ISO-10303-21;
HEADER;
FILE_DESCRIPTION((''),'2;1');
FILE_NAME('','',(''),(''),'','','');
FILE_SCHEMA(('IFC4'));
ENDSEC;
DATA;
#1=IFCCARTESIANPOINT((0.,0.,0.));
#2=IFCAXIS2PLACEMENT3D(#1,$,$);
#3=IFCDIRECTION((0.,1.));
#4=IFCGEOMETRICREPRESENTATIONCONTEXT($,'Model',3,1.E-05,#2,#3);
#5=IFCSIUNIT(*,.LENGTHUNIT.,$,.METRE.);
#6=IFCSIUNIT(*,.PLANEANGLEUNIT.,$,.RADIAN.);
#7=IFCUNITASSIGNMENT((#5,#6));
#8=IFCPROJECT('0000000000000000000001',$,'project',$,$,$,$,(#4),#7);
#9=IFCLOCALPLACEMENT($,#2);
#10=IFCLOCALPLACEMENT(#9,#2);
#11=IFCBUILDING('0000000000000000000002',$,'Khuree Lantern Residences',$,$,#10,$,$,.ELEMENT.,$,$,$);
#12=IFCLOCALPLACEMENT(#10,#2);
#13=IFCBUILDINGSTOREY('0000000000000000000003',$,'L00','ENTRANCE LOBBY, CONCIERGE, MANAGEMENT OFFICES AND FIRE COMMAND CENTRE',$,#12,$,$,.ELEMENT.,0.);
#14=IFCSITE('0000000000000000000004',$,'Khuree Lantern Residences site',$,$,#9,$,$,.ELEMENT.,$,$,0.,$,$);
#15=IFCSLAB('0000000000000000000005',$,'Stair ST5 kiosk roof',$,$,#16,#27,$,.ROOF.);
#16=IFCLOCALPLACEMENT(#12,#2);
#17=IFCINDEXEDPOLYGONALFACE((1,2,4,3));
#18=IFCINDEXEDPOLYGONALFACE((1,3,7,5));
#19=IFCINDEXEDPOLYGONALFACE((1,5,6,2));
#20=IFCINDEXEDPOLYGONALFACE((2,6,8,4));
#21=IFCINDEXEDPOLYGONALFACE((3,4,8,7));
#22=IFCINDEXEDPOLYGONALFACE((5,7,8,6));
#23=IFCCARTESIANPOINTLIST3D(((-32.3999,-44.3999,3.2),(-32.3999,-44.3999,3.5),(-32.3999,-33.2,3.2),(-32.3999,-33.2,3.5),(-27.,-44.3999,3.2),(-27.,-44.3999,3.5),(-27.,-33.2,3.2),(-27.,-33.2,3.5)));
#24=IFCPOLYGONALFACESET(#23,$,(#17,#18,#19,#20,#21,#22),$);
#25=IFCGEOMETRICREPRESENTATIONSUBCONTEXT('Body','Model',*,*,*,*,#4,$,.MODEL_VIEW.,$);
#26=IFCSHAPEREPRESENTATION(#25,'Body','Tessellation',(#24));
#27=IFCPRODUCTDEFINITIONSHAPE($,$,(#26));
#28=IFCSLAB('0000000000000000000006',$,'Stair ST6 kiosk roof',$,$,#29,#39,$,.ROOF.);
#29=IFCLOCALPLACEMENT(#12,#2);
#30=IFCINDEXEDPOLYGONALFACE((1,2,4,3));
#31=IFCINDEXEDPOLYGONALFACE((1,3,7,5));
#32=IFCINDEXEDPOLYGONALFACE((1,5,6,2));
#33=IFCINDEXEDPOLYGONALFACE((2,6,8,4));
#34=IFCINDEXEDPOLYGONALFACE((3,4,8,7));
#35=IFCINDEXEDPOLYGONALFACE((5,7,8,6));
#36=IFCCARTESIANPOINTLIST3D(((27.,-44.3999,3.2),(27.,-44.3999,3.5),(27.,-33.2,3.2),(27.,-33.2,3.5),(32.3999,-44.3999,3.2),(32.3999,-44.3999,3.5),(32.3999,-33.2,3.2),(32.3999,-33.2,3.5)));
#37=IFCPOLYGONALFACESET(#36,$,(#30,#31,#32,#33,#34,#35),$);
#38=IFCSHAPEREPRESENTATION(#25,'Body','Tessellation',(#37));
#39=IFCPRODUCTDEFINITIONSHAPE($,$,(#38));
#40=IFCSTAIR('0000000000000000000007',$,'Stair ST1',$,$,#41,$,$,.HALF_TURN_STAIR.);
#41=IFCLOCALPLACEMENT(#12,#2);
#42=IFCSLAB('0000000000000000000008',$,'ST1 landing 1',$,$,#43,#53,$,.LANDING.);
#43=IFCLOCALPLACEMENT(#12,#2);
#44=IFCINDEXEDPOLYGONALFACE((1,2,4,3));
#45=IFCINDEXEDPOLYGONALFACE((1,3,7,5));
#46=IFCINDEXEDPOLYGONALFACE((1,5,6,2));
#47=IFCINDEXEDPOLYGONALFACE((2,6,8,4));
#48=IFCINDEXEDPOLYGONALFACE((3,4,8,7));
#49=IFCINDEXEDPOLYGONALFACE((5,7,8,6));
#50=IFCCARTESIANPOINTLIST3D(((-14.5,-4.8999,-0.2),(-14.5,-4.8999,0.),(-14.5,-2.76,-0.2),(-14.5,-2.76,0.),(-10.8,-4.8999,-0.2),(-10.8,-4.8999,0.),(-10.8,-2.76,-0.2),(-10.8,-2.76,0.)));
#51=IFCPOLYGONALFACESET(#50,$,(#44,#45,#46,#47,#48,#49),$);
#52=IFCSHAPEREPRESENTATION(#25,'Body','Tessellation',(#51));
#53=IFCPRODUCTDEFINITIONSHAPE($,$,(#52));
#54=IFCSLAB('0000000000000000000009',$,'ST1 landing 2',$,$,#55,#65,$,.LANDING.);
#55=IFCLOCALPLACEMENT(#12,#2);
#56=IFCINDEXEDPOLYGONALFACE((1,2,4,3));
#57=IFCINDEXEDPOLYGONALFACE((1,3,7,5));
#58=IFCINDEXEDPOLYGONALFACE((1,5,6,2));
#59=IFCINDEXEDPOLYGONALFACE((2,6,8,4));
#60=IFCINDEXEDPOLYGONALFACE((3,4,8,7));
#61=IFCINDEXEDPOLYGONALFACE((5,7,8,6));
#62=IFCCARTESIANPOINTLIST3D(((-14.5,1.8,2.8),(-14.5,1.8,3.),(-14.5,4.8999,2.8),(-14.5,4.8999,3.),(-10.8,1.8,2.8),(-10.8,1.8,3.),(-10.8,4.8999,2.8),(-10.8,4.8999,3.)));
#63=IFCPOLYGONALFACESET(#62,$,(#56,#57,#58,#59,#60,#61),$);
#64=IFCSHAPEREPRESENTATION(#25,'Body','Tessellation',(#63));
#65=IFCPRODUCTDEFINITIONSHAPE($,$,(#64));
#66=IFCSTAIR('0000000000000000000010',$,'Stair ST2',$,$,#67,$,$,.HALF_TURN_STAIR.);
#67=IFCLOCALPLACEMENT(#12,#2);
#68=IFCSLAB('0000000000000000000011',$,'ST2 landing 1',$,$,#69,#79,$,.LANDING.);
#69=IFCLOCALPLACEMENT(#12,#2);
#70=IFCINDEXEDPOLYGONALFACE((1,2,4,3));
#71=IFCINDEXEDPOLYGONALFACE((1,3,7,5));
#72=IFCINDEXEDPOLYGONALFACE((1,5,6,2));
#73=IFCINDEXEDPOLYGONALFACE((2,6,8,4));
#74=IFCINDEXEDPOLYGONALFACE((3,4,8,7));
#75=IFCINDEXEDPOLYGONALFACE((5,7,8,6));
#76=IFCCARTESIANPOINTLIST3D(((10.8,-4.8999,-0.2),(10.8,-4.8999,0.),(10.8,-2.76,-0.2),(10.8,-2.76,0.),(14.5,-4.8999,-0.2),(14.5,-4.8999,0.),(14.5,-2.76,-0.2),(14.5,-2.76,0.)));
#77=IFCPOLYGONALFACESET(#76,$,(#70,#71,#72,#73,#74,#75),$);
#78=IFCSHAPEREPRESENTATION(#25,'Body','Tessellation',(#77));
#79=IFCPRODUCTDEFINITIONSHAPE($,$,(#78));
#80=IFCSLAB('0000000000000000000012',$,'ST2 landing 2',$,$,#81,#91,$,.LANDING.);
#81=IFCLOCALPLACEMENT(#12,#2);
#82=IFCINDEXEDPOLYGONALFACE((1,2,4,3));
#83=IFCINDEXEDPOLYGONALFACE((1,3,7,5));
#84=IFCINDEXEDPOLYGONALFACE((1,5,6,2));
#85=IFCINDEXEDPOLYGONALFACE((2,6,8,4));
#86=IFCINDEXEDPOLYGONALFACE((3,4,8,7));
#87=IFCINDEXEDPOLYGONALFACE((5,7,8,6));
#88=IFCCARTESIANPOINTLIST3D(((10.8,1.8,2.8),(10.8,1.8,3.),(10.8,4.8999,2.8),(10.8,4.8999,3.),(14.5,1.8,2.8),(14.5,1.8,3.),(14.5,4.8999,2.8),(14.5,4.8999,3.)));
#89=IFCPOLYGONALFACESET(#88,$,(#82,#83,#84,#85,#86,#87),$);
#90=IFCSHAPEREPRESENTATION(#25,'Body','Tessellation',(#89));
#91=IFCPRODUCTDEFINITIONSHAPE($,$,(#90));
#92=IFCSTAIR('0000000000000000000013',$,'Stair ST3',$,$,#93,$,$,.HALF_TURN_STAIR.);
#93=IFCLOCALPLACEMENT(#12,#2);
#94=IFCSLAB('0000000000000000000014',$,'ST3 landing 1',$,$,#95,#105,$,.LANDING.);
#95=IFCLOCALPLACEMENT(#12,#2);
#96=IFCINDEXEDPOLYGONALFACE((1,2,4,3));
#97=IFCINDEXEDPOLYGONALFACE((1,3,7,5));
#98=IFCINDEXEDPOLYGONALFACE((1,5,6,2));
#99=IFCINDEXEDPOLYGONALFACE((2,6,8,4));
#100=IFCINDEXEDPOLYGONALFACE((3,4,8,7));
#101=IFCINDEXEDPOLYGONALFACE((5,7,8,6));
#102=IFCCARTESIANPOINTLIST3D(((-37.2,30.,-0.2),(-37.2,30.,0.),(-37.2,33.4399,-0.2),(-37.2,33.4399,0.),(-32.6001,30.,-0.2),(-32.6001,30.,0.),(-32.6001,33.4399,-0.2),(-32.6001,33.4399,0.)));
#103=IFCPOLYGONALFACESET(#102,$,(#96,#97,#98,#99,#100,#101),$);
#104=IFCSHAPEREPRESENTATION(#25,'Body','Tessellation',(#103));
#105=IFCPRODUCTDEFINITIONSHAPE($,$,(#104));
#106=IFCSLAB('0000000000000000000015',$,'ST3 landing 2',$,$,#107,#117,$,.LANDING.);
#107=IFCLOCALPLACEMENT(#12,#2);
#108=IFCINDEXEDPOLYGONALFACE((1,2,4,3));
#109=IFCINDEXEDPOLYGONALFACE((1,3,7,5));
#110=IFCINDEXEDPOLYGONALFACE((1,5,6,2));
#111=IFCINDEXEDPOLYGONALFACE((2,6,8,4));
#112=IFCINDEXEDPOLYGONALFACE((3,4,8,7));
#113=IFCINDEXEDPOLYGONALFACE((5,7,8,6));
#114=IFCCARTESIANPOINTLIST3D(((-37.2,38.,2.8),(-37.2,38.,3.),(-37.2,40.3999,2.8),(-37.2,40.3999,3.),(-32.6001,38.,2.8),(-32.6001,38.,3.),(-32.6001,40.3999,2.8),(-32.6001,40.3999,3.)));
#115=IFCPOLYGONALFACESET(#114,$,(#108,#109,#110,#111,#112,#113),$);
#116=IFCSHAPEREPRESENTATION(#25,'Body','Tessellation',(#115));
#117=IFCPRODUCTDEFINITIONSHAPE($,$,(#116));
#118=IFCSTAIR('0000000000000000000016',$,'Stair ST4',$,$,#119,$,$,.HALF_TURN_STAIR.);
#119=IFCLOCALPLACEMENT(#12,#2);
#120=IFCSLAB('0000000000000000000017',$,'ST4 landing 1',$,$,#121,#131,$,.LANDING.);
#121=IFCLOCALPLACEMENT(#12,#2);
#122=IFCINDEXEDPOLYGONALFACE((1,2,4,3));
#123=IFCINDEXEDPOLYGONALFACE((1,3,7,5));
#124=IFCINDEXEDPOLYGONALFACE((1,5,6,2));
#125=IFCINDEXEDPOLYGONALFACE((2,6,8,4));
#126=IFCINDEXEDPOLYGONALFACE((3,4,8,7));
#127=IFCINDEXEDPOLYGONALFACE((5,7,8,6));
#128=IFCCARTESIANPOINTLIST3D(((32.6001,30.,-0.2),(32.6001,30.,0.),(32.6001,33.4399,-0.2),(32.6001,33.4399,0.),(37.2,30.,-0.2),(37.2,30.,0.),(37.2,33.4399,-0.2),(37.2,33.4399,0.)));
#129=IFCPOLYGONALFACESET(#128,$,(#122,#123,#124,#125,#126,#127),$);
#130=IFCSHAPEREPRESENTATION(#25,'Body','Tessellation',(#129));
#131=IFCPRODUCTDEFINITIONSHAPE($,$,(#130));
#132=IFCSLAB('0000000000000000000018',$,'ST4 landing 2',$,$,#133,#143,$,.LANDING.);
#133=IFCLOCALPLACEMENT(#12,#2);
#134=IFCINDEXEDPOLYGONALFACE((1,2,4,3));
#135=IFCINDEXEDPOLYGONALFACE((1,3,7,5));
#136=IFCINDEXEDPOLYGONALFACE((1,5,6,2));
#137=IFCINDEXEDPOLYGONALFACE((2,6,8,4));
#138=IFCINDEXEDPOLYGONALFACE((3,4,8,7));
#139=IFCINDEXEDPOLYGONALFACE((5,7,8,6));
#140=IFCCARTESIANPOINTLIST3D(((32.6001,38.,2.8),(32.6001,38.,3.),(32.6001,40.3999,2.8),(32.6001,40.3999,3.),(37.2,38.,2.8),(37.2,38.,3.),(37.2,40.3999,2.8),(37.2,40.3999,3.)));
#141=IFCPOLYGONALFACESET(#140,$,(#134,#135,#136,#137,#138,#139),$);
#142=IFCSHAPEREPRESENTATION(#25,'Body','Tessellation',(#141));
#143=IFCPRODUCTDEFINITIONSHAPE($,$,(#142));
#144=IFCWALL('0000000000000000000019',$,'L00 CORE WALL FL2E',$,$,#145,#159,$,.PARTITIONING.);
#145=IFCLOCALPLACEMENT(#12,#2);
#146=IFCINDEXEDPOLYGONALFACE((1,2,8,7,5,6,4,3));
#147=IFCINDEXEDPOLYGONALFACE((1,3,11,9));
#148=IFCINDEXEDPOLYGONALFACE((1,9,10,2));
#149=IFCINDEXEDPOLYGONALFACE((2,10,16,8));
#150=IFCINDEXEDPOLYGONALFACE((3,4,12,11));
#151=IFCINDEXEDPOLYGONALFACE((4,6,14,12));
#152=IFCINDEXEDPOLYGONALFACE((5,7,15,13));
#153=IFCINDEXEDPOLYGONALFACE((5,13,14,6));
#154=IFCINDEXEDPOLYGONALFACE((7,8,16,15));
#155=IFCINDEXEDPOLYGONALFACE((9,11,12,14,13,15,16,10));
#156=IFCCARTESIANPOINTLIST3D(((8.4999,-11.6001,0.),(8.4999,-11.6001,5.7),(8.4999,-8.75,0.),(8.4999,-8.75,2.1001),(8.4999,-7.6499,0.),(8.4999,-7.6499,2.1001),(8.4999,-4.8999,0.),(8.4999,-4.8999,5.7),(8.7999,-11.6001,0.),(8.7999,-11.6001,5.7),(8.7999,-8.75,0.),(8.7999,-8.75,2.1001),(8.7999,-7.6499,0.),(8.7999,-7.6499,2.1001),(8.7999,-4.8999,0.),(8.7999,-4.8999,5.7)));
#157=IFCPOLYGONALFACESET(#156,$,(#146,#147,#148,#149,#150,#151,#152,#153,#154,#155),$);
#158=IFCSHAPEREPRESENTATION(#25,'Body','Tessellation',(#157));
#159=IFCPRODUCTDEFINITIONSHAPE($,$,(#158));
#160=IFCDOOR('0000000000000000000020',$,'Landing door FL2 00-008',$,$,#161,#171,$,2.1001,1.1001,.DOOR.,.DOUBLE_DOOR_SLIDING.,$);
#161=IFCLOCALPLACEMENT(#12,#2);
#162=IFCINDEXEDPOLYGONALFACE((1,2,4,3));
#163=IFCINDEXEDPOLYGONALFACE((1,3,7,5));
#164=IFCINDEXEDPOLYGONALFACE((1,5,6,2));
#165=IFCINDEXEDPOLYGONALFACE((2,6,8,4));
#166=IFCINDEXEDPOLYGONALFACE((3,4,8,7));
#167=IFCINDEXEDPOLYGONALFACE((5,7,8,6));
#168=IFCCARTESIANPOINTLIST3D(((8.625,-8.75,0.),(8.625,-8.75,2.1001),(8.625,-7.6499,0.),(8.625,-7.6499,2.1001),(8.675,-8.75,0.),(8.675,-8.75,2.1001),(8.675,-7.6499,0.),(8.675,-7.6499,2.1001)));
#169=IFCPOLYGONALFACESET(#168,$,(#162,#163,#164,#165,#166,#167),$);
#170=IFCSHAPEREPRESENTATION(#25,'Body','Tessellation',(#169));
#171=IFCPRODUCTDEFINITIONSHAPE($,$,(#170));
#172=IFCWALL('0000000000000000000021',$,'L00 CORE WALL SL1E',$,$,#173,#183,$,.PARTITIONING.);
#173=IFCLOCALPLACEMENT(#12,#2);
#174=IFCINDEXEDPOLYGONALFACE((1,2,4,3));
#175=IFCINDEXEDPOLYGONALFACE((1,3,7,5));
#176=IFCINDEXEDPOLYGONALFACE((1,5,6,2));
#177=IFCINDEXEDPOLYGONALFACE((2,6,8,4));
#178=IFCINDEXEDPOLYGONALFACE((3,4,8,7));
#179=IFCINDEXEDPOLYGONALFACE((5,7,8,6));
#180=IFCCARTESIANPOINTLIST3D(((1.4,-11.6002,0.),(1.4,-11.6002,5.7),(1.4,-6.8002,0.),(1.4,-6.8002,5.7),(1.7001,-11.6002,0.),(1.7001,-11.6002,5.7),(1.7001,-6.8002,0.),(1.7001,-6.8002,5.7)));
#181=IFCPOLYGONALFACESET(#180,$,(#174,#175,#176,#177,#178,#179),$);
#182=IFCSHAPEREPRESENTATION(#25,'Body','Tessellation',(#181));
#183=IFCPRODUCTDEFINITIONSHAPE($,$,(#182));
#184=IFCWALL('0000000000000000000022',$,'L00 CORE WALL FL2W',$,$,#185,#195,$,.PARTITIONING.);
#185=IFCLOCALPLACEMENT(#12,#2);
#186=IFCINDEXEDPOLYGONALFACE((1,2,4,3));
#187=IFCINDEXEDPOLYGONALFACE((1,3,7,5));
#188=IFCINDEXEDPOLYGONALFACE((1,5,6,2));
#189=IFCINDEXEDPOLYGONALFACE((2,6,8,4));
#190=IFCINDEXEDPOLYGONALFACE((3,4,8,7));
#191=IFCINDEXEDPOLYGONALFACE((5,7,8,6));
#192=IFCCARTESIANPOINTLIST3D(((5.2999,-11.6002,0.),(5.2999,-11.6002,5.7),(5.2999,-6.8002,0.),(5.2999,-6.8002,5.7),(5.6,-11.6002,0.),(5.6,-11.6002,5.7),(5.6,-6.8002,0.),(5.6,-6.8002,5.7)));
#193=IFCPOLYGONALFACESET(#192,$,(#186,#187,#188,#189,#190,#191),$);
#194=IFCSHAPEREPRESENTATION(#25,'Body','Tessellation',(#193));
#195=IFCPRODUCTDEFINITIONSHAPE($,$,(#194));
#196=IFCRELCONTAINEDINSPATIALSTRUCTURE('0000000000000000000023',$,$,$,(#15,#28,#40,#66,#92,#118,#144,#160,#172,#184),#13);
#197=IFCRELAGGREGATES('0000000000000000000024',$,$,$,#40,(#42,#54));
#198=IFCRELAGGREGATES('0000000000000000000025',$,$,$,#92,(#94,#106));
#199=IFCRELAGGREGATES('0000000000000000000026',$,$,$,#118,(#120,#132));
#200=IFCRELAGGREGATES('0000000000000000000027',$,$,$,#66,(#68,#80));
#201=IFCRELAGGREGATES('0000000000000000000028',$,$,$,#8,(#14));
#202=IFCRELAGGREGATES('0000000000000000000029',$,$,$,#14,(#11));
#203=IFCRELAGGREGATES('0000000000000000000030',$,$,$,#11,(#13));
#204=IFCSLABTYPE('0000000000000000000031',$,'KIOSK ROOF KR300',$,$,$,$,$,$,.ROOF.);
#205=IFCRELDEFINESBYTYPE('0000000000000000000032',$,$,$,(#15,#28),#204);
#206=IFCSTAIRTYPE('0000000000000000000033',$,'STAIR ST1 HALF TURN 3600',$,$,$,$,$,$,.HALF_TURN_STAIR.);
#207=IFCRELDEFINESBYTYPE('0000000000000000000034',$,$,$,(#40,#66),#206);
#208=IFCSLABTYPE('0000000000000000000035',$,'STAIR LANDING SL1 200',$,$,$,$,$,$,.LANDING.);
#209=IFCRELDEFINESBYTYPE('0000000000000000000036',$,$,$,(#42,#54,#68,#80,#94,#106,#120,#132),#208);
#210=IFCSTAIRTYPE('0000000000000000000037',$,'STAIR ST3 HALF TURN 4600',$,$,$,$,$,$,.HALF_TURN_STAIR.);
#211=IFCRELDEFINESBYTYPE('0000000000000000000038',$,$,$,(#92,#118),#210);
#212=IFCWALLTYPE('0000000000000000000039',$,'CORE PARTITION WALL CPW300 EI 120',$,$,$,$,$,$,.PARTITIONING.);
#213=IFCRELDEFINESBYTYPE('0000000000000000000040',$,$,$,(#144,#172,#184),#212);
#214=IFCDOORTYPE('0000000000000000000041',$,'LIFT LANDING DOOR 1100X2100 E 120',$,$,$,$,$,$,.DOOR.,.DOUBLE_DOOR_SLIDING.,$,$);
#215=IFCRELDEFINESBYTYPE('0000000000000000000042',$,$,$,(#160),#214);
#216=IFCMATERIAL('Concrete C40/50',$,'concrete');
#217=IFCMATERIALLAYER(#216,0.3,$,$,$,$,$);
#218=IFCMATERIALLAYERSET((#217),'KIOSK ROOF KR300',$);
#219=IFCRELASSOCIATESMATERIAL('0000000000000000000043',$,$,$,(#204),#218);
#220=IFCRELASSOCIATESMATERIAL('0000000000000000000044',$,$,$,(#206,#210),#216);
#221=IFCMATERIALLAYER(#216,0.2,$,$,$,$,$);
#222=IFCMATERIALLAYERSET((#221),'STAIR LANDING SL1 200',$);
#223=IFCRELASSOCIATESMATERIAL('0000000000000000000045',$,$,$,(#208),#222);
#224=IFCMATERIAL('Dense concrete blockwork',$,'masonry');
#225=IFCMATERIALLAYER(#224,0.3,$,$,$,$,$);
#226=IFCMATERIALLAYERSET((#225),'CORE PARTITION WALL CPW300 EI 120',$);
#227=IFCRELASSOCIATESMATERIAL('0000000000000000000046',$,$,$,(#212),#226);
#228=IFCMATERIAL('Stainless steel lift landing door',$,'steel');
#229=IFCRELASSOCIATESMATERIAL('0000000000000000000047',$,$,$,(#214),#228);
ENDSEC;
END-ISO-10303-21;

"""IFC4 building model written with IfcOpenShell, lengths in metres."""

from ifc_helpers import new_model, si_unit, direction, frame, frame_2d, origin, place, context, subcontext, project, spatial, polyline, rectangle, outline, extrude, material, layer, layer_set, type_object, element, fill, aggregate, save


model = new_model("IFC4")

# Units and contexts
model_context = context("Model", 3, precision=1e-05, world=origin(), true_north=direction((0.0, 1.0)))
body_context = subcontext(model_context, "Body", "Model", "MODEL_VIEW")
ifc_project = project(units=[si_unit("LENGTHUNIT", "METRE"), si_unit("PLANEANGLEUNIT", "RADIAN")], contexts=[model_context])

# Site, building, storey
site_placement = place(None, origin())
site = spatial("IfcSite", under=ifc_project, at=site_placement, Name="Khuree Lantern Residences site", CompositionType="ELEMENT", RefElevation=0.0)
building_placement = place(site_placement, origin())
building = spatial("IfcBuilding", under=site, at=building_placement, Name="Khuree Lantern Residences", CompositionType="ELEMENT")
storey_placement = place(building_placement, origin())
storey = spatial("IfcBuildingStorey", under=building, at=storey_placement, Name="L00", Description="ENTRANCE LOBBY, CONCIERGE, MANAGEMENT OFFICES AND FIRE COMMAND CENTRE", CompositionType="ELEMENT", Elevation=0.0)

# Slabs
ifc_material_1 = material(Name="Concrete C40/50", Category="concrete")
ifc_layer_1 = layer(ifc_material_1, 0.3)
ifc_layer_set_1 = layer_set([ifc_layer_1], Name="KIOSK ROOF KR300")
slab_type_1 = type_object("IfcSlabType", Name="KIOSK ROOF KR300", PredefinedType="ROOF", material=ifc_layer_set_1)
slab_1_placement = place(storey_placement, frame((0.0, 0.0, 3.2)))
element("IfcSlab", 1, at=slab_1_placement, inside=storey, type_object=slab_type_1, Name="Stair ST5 kiosk roof", PredefinedType="ROOF", context=body_context, shape_type="SweptSolid", body=[
    extrude(outline(polyline([(-32.3999, -44.3999), (-27.0, -44.3999), (-27.0, -33.2), (-32.3999, -33.2), (-32.3999, -44.3999)])), origin(), (0.0, 0.0, 1.0), 0.3),
])
slab_2_placement = place(storey_placement, frame((0.0, 0.0, 3.2)))
element("IfcSlab", 2, at=slab_2_placement, inside=storey, type_object=slab_type_1, Name="Stair ST6 kiosk roof", PredefinedType="ROOF", context=body_context, shape_type="SweptSolid", body=[
    extrude(outline(polyline([(27.0, -44.3999), (32.3999, -44.3999), (32.3999, -33.2), (27.0, -33.2), (27.0, -44.3999)])), origin(), (0.0, 0.0, 1.0), 0.3),
])

# Stairs, slabs
stair_type_1 = type_object("IfcStairType", Name="STAIR ST1 HALF TURN 3600", PredefinedType="HALF_TURN_STAIR", material=ifc_material_1)
stair_1_placement = place(storey_placement, origin())
stair_1 = element("IfcStair", 3, at=stair_1_placement, inside=storey, type_object=stair_type_1, Name="Stair ST1", PredefinedType="HALF_TURN_STAIR")
ifc_layer_2 = layer(ifc_material_1, 0.2)
ifc_layer_set_2 = layer_set([ifc_layer_2], Name="STAIR LANDING SL1 200")
slab_type_2 = type_object("IfcSlabType", Name="STAIR LANDING SL1 200", PredefinedType="LANDING", material=ifc_layer_set_2)
slab_3_placement = place(storey_placement, frame((0.0, 0.0, -0.2)))
slab_3 = element("IfcSlab", 4, at=slab_3_placement, type_object=slab_type_2, Name="ST1 landing 1", PredefinedType="LANDING", context=body_context, shape_type="SweptSolid", body=[
    extrude(outline(polyline([(-14.5, -4.8999), (-10.8, -4.8999), (-10.8, -2.76), (-14.5, -2.76), (-14.5, -4.8999)])), origin(), (0.0, 0.0, 1.0), 0.2),
])
slab_4_placement = place(storey_placement, frame((0.0, 0.0, 2.8)))
slab_4 = element("IfcSlab", 5, at=slab_4_placement, type_object=slab_type_2, Name="ST1 landing 2", PredefinedType="LANDING", context=body_context, shape_type="SweptSolid", body=[
    extrude(outline(polyline([(-14.5, 1.8), (-14.5, 4.8999), (-10.8, 4.8999), (-10.8, 1.8), (-14.5, 1.8)])), origin(), (0.0, 0.0, 1.0), 0.2),
])
aggregate(stair_1, [slab_3, slab_4])
stair_2_placement = place(storey_placement, origin())
stair_2 = element("IfcStair", 6, at=stair_2_placement, inside=storey, type_object=stair_type_1, Name="Stair ST2", PredefinedType="HALF_TURN_STAIR")
slab_5_placement = place(storey_placement, frame((0.0, 0.0, -0.2)))
slab_5 = element("IfcSlab", 7, at=slab_5_placement, type_object=slab_type_2, Name="ST2 landing 1", PredefinedType="LANDING", context=body_context, shape_type="SweptSolid", body=[
    extrude(outline(polyline([(10.8, -4.8999), (14.5, -4.8999), (14.5, -2.76), (10.8, -2.76), (10.8, -4.8999)])), origin(), (0.0, 0.0, 1.0), 0.2),
])
slab_6_placement = place(storey_placement, frame((0.0, 0.0, 2.8)))
slab_6 = element("IfcSlab", 8, at=slab_6_placement, type_object=slab_type_2, Name="ST2 landing 2", PredefinedType="LANDING", context=body_context, shape_type="SweptSolid", body=[
    extrude(outline(polyline([(14.5, 4.8999), (14.5, 1.8), (10.8, 1.8), (10.8, 4.8999), (14.5, 4.8999)])), origin(), (0.0, 0.0, 1.0), 0.2),
])
stair_type_2 = type_object("IfcStairType", Name="STAIR ST3 HALF TURN 4600", PredefinedType="HALF_TURN_STAIR", material=ifc_material_1)
stair_3_placement = place(storey_placement, origin())
stair_3 = element("IfcStair", 9, at=stair_3_placement, inside=storey, type_object=stair_type_2, Name="Stair ST3", PredefinedType="HALF_TURN_STAIR")
slab_7_placement = place(storey_placement, frame((0.0, 0.0, -0.2)))
slab_7 = element("IfcSlab", 10, at=slab_7_placement, type_object=slab_type_2, Name="ST3 landing 1", PredefinedType="LANDING", context=body_context, shape_type="SweptSolid", body=[
    extrude(outline(polyline([(-37.2, 30.0), (-32.6001, 30.0), (-32.6001, 33.4399), (-37.2, 33.4399), (-37.2, 30.0)])), origin(), (0.0, 0.0, 1.0), 0.2),
])
slab_8_placement = place(storey_placement, frame((0.0, 0.0, 2.8)))
slab_8 = element("IfcSlab", 11, at=slab_8_placement, type_object=slab_type_2, Name="ST3 landing 2", PredefinedType="LANDING", context=body_context, shape_type="SweptSolid", body=[
    extrude(outline(polyline([(-37.2, 38.0), (-37.2, 40.3999), (-32.6001, 40.3999), (-32.6001, 38.0), (-37.2, 38.0)])), origin(), (0.0, 0.0, 1.0), 0.2),
])
aggregate(stair_3, [slab_7, slab_8])
stair_4_placement = place(storey_placement, origin())
stair_4 = element("IfcStair", 12, at=stair_4_placement, inside=storey, type_object=stair_type_2, Name="Stair ST4", PredefinedType="HALF_TURN_STAIR")
slab_9_placement = place(storey_placement, frame((0.0, 0.0, -0.2)))
slab_9 = element("IfcSlab", 13, at=slab_9_placement, type_object=slab_type_2, Name="ST4 landing 1", PredefinedType="LANDING", context=body_context, shape_type="SweptSolid", body=[
    extrude(outline(polyline([(32.6001, 30.0), (37.2, 30.0), (37.2, 33.4399), (32.6001, 33.4399), (32.6001, 30.0)])), origin(), (0.0, 0.0, 1.0), 0.2),
])
slab_10_placement = place(storey_placement, frame((0.0, 0.0, 2.8)))
slab_10 = element("IfcSlab", 14, at=slab_10_placement, type_object=slab_type_2, Name="ST4 landing 2", PredefinedType="LANDING", context=body_context, shape_type="SweptSolid", body=[
    extrude(outline(polyline([(37.2, 40.3999), (37.2, 38.0), (32.6001, 38.0), (32.6001, 40.3999), (37.2, 40.3999)])), origin(), (0.0, 0.0, 1.0), 0.2),
])
aggregate(stair_4, [slab_9, slab_10])

# Wall, opening, door
ifc_material_2 = material(Name="Dense concrete blockwork", Category="masonry")
ifc_layer_3 = layer(ifc_material_2, 0.3)
ifc_layer_set_3 = layer_set([ifc_layer_3], Name="CORE PARTITION WALL CPW300 EI 120")
wall_type_1 = type_object("IfcWallType", Name="CORE PARTITION WALL CPW300 EI 120", PredefinedType="PARTITIONING", material=ifc_layer_set_3)
wall_1_placement = place(storey_placement, frame((8.6499, -11.6001, 0.0), z_axis=(0.0, 0.0, 1.0), x_axis=(0.0, 1.0, 0.0)))
wall_1 = element("IfcWall", 15, at=wall_1_placement, inside=storey, type_object=wall_type_1, Name="L00 CORE WALL FL2E", PredefinedType="PARTITIONING", context=body_context, shape_type="SweptSolid", body=[
    extrude(rectangle(XDim=6.7002, YDim=0.3, at=frame_2d((3.3501, 0.0))), origin(), (0.0, 0.0, 1.0), 5.7),
])
opening_1_placement = place(wall_1_placement, frame((2.8501, 0.0, 0.0)))
opening_1 = element("IfcOpeningElement", 16, at=opening_1_placement, cuts=wall_1, PredefinedType="OPENING", context=body_context, shape_type="SweptSolid", body=[
    extrude(rectangle(XDim=1.1001, YDim=2.1001, at=frame_2d((0.55, 1.05))), frame((0.0, 0.1602, 0.0), z_axis=(0.0, -1.0, 0.0), x_axis=(1.0, 0.0, 0.0)), (0.0, 0.0, 1.0), 0.3201),
])
ifc_material_3 = material(Name="Stainless steel lift landing door", Category="steel")
door_type_1 = type_object("IfcDoorType", Name="LIFT LANDING DOOR 1100X2100 E 120", OperationType="DOUBLE_DOOR_SLIDING", PredefinedType="DOOR", material=ifc_material_3)
door_1_placement = place(opening_1_placement, origin())
door_1 = element("IfcDoor", 17, at=door_1_placement, inside=storey, type_object=door_type_1, Name="Landing door FL2 00-008", OperationType="DOUBLE_DOOR_SLIDING", OverallHeight=2.1001, OverallWidth=1.1001, PredefinedType="DOOR", context=body_context, shape_type="SweptSolid", body=[
    extrude(rectangle(XDim=1.1001, YDim=2.1001, at=frame_2d((0.55, 1.05))), frame((0.0, 0.0249, 0.0), z_axis=(0.0, -1.0, 0.0), x_axis=(1.0, 0.0, 0.0)), (0.0, 0.0, 1.0), 0.05),
])
fill(opening_1, door_1)

# Walls
for number, where, z_axis, x_axis, name in (
    (18, (1.55, -11.6001, 0.0), (0.0, 0.0, 1.0), (0.0, 1.0, 0.0), "L00 CORE WALL SL1E"),
    (19, (5.45, -11.6001, 0.0), (0.0, 0.0, 1.0), (0.0, 1.0, 0.0), "L00 CORE WALL FL2W"),
):
    element("IfcWall", number, at=place(storey_placement, frame(where, z_axis=z_axis, x_axis=x_axis)), inside=storey, type_object=wall_type_1, Name=name, PredefinedType="PARTITIONING", context=body_context, shape_type="SweptSolid", body=[
        extrude(rectangle(XDim=4.8, YDim=0.3, at=frame_2d((2.3999, 0.0))), origin(), (0.0, 0.0, 1.0), 5.7),
    ])

aggregate(stair_2, [slab_5, slab_6])

save(model, "model.ifc")
